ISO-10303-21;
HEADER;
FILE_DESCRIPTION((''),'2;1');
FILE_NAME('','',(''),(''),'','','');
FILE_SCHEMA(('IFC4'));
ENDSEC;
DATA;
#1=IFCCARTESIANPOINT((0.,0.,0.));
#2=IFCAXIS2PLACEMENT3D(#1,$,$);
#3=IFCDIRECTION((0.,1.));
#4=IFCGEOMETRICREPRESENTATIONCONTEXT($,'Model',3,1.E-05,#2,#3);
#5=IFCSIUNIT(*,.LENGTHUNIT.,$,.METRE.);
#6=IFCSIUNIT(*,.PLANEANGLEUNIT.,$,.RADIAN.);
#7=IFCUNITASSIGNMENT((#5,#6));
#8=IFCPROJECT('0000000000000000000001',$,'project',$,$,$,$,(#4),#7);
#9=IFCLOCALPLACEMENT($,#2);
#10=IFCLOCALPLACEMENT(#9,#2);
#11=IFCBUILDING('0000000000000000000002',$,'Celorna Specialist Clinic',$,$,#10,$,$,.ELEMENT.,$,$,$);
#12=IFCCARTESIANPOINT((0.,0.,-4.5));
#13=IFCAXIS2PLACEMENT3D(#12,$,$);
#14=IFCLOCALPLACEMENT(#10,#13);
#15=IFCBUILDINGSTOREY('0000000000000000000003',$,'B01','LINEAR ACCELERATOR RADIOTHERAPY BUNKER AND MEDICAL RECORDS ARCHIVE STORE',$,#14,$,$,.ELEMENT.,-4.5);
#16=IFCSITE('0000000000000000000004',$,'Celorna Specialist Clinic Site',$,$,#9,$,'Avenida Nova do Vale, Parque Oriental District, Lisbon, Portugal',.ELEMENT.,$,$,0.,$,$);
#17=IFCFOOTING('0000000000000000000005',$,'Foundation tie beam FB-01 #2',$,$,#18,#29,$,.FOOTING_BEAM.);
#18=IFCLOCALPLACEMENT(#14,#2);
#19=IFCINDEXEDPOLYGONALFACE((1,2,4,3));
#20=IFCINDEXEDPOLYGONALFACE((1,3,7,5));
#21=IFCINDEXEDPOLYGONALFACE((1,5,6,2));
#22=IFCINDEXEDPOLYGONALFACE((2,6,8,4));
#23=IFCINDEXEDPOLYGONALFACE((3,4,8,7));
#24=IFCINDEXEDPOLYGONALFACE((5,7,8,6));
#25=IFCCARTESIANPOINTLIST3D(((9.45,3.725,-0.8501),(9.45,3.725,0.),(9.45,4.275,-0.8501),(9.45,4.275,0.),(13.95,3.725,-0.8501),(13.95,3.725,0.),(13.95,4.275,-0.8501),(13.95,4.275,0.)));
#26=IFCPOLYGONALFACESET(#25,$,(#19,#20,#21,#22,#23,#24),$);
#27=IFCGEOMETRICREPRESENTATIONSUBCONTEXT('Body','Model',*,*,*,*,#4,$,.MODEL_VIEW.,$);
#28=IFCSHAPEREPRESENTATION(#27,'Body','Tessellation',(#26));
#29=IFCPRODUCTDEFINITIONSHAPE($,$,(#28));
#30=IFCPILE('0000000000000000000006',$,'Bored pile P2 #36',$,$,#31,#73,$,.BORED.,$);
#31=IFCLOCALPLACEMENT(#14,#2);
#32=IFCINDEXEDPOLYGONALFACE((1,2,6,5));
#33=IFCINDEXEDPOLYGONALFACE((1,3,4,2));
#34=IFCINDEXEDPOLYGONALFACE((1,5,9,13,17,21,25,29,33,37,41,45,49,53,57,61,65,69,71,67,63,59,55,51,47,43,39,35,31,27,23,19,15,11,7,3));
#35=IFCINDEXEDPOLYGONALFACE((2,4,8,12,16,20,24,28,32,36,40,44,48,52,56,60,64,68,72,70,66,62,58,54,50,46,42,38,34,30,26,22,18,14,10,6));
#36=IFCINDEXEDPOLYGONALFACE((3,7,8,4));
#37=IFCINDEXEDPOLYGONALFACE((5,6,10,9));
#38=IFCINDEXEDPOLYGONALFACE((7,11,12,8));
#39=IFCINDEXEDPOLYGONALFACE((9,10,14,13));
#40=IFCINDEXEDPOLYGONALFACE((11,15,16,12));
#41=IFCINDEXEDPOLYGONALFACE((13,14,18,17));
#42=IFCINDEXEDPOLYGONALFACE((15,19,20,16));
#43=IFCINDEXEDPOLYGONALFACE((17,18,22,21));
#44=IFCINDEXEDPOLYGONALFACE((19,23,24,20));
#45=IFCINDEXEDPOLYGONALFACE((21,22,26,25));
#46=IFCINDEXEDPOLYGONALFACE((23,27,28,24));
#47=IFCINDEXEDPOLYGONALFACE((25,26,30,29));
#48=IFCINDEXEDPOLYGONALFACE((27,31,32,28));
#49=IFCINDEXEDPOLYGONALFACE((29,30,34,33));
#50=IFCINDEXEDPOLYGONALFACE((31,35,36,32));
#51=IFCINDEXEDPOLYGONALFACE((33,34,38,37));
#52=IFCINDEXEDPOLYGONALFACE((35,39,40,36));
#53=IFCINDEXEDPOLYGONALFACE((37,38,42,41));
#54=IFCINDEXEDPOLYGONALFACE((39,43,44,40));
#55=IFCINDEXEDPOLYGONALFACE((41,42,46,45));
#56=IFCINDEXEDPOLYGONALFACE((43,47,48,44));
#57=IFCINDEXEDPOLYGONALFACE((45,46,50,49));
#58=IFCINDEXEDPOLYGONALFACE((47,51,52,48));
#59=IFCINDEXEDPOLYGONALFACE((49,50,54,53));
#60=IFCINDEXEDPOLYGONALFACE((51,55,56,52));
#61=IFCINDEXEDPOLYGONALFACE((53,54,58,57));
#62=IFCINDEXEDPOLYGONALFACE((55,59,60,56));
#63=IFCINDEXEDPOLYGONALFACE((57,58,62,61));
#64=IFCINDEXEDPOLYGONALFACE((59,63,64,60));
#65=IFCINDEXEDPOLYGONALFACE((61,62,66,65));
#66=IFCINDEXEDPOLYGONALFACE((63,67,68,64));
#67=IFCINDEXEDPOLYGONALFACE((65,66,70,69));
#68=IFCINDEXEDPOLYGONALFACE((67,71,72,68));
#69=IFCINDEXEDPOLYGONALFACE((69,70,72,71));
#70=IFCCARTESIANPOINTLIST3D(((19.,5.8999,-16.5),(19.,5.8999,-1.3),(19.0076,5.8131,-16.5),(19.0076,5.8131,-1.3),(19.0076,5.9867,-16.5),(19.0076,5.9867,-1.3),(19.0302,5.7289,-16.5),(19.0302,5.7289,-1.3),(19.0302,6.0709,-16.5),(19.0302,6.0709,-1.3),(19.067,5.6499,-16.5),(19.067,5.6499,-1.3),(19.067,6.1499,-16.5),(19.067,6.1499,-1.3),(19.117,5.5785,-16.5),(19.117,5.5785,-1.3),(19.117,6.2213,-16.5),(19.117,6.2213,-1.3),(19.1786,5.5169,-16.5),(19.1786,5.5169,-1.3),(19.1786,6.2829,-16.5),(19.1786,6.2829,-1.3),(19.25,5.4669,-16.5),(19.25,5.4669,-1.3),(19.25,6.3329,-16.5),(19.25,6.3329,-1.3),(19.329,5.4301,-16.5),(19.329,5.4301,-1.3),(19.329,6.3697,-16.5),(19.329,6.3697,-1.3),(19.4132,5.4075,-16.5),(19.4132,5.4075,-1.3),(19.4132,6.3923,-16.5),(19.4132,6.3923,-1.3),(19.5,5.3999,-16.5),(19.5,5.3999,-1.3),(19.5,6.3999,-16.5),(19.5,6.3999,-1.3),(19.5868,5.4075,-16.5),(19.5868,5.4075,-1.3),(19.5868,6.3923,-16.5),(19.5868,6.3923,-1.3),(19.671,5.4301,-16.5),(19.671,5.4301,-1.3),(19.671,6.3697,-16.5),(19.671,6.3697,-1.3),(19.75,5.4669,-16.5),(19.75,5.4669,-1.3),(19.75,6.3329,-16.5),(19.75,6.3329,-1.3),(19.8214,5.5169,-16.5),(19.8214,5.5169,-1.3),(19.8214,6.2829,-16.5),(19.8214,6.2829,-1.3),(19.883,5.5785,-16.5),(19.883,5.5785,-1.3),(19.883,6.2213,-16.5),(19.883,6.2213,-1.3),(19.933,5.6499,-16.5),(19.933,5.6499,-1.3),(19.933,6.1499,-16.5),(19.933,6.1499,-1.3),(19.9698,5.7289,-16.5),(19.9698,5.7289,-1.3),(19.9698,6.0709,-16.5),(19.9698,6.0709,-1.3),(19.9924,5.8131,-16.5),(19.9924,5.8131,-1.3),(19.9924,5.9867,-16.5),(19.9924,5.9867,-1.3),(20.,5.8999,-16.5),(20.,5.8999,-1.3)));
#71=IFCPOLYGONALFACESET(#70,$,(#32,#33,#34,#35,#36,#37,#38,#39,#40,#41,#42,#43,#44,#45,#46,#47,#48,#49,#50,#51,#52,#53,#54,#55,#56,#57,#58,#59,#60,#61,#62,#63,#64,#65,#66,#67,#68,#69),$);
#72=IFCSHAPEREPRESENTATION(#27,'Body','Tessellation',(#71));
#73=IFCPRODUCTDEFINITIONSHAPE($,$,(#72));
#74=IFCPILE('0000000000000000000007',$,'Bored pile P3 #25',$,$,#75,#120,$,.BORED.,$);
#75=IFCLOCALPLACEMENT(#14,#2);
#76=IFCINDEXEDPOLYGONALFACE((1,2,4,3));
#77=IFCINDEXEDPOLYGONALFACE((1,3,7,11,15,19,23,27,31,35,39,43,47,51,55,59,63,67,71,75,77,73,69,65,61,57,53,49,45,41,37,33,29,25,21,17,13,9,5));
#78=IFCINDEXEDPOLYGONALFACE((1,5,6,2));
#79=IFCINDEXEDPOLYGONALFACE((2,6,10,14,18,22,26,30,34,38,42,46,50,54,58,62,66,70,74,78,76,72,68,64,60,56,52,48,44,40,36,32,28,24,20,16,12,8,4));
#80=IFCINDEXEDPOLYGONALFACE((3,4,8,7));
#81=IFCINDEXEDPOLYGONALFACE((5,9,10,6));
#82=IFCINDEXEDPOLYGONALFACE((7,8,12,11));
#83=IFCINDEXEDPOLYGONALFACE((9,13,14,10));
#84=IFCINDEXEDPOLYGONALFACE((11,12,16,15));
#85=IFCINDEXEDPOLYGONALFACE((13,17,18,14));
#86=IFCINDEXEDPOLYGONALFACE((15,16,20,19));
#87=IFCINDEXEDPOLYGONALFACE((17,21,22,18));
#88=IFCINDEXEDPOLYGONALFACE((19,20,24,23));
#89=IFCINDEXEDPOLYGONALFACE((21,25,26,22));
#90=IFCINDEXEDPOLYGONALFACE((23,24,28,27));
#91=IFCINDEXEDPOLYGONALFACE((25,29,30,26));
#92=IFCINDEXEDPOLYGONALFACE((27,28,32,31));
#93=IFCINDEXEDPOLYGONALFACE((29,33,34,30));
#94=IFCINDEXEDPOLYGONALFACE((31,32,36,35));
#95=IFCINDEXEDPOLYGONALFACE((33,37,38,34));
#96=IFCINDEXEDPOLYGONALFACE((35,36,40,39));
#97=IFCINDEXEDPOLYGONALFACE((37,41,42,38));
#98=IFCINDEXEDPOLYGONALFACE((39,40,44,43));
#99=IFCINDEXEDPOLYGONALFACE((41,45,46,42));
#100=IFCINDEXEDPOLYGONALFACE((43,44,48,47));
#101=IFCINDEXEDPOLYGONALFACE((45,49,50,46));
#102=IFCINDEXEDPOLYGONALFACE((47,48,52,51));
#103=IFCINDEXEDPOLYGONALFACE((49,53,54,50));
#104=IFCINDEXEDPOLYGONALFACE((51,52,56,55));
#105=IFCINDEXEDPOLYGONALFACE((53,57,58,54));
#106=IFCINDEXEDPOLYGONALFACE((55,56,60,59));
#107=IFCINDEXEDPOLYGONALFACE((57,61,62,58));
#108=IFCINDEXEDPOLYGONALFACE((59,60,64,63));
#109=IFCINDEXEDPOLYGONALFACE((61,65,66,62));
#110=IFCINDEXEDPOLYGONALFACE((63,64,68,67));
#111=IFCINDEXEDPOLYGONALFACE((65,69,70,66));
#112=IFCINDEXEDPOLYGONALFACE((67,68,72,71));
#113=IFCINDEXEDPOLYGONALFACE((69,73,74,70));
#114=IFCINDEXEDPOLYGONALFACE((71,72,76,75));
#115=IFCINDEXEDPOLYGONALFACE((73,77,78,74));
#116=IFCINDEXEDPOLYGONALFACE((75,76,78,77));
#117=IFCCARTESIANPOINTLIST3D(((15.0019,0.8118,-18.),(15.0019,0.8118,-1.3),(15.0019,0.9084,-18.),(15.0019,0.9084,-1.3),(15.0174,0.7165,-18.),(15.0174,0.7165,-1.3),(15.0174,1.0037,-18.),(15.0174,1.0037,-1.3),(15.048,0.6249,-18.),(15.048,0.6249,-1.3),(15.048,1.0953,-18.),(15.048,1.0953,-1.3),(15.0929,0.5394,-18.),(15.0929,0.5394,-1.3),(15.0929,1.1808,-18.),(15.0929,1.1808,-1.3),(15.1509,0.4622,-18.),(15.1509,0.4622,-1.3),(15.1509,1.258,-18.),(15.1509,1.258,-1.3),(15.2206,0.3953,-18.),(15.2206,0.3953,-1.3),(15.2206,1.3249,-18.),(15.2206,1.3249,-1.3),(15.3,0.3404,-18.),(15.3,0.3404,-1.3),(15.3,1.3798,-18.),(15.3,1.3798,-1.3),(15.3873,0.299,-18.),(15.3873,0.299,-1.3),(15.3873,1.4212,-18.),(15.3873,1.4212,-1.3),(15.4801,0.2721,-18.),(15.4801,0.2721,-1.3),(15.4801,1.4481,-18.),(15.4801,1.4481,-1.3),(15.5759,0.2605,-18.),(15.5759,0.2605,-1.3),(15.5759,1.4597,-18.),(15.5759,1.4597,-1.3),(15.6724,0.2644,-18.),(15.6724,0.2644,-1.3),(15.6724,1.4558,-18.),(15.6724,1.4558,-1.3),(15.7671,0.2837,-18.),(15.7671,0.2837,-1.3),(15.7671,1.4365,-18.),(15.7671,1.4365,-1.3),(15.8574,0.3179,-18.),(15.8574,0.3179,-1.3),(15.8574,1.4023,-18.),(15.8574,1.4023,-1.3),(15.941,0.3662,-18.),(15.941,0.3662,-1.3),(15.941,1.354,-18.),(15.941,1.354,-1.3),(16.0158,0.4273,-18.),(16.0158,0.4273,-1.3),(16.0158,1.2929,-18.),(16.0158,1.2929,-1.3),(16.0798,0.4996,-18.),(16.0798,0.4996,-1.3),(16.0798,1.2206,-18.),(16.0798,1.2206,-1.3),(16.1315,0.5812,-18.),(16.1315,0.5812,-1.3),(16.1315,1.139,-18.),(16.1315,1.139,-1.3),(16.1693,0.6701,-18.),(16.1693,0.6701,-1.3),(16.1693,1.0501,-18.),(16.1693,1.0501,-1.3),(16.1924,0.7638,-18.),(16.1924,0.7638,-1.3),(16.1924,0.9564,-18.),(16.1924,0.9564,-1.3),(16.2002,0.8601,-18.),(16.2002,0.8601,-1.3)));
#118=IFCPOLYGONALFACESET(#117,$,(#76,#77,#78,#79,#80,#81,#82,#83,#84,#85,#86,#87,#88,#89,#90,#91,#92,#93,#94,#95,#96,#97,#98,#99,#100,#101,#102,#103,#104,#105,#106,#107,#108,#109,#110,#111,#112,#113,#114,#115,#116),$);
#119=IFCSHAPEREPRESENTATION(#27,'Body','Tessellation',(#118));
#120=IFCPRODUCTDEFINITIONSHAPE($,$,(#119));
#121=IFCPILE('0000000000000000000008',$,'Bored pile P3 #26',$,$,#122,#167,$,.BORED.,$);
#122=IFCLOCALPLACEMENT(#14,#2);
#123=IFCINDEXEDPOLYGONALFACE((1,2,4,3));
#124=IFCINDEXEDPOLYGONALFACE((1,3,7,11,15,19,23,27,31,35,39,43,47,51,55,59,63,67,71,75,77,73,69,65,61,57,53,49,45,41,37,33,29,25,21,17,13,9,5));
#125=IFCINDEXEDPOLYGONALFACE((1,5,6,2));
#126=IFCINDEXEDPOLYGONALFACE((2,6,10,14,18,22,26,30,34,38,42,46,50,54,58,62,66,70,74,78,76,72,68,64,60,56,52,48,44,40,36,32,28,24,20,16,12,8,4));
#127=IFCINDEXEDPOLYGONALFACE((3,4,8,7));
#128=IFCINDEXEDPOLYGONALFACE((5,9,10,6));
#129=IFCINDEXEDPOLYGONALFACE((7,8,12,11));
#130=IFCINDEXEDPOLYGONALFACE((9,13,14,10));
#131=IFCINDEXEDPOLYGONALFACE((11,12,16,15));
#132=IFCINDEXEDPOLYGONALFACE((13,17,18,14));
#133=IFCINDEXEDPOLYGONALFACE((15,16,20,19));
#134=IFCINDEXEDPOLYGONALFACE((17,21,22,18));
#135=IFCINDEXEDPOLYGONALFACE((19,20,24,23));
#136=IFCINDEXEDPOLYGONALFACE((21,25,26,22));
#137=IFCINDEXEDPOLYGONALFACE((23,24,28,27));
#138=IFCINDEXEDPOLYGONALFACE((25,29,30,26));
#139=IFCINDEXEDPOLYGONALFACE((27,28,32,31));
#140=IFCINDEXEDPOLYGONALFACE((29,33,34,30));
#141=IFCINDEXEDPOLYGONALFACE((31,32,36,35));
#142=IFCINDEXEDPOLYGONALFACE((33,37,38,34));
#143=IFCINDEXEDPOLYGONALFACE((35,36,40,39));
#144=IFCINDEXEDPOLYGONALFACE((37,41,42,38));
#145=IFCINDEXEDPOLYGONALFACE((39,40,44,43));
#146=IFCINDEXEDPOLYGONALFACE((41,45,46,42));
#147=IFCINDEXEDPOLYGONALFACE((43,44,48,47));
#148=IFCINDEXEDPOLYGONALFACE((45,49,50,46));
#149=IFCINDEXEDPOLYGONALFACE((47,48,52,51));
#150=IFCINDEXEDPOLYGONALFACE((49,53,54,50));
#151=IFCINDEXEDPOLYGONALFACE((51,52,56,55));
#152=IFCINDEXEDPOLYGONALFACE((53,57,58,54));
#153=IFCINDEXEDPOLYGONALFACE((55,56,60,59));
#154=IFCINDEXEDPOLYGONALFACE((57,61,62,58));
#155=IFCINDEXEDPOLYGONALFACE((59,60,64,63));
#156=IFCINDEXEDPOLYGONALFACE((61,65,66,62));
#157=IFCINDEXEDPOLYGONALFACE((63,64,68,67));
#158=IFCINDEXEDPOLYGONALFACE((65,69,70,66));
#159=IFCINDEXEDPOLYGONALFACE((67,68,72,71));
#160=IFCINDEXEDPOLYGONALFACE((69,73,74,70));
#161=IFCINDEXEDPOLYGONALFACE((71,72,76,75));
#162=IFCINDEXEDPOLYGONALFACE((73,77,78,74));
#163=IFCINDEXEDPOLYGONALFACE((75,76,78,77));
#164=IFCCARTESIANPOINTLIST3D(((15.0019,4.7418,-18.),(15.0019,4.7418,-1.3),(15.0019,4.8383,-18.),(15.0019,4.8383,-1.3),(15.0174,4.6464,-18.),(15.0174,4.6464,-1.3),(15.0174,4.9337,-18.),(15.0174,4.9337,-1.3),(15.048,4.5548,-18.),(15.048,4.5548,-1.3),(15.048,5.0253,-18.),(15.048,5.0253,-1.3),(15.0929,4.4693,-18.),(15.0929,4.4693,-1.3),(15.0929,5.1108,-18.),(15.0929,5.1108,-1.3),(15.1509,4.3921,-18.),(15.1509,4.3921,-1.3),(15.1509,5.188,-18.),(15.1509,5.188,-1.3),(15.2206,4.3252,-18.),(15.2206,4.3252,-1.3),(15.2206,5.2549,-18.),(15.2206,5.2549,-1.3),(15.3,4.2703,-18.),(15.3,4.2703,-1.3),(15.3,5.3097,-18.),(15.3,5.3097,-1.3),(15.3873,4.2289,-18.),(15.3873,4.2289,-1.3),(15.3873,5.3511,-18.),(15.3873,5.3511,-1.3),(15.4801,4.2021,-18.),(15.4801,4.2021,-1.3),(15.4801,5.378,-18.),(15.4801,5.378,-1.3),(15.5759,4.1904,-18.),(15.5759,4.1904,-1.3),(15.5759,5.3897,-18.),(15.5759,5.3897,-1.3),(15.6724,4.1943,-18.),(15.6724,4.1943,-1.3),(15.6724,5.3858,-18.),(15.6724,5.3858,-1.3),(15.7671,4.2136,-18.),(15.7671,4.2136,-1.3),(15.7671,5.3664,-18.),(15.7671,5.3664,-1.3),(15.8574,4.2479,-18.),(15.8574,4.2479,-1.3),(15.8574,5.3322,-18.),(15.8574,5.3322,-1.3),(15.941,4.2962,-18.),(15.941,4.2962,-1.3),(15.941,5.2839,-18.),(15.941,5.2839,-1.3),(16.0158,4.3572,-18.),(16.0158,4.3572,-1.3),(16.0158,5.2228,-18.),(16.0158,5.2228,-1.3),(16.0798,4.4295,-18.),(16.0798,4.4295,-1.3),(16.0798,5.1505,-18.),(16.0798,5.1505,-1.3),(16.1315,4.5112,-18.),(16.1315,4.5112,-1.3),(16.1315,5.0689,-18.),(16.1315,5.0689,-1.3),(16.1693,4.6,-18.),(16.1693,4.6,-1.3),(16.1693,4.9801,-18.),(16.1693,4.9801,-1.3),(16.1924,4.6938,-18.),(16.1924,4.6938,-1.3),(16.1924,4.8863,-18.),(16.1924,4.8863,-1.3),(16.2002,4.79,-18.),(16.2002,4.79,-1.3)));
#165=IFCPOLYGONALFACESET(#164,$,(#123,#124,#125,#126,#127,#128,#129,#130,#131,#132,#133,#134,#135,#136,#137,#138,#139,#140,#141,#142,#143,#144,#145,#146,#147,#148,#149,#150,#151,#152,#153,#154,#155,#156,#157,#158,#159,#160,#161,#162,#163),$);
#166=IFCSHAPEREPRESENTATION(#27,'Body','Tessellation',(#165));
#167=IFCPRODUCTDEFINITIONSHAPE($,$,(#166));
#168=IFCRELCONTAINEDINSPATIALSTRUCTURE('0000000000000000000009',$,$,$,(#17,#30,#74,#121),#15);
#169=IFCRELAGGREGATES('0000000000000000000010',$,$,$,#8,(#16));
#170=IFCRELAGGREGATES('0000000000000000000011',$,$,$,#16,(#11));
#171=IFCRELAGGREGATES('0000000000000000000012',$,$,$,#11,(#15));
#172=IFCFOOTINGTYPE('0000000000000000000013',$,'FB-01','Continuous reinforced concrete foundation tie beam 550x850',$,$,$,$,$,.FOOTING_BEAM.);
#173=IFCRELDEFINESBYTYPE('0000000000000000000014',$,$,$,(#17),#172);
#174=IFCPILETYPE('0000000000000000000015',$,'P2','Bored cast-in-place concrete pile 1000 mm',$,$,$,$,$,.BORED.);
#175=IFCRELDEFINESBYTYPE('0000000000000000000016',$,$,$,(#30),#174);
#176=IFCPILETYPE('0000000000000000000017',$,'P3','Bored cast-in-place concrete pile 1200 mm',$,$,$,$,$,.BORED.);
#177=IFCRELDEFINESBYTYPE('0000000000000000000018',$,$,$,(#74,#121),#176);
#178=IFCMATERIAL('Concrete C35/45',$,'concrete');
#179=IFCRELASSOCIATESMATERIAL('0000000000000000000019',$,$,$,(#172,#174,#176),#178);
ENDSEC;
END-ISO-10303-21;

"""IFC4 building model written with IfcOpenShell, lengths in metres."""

from ifc_helpers import new_model, si_unit, direction, frame, origin, origin_2d, place, context, subcontext, project, spatial, rectangle, circle, extrude, material, material_profile, profile_set, type_object, element, save


model = new_model("IFC4")

# Units and contexts
model_context = context("Model", 3, precision=1e-05, world=origin(), true_north=direction((0.0, 1.0)))
body_context = subcontext(model_context, "Body", "Model", "MODEL_VIEW")
ifc_project = project(units=[si_unit("LENGTHUNIT", "METRE"), si_unit("PLANEANGLEUNIT", "RADIAN")], contexts=[model_context])

# Site, building, storey
site_placement = place(None, origin())
site = spatial("IfcSite", under=ifc_project, at=site_placement, Name="Celorna Specialist Clinic Site", LongName="Avenida Nova do Vale, Parque Oriental District, Lisbon, Portugal", CompositionType="ELEMENT", RefElevation=0.0)
building_placement = place(site_placement, origin())
building = spatial("IfcBuilding", under=site, at=building_placement, Name="Celorna Specialist Clinic", CompositionType="ELEMENT")
storey_placement = place(building_placement, frame((0.0, 0.0, -4.5)))
storey = spatial("IfcBuildingStorey", under=building, at=storey_placement, Name="B01", Description="LINEAR ACCELERATOR RADIOTHERAPY BUNKER AND MEDICAL RECORDS ARCHIVE STORE", CompositionType="ELEMENT", Elevation=-4.5)

# Footing
ifc_material_1 = material(Name="Concrete C35/45", Category="concrete")
footing_type_1 = type_object("IfcFootingType", Name="FB-01", Description="Continuous reinforced concrete foundation tie beam 550x850", PredefinedType="FOOTING_BEAM", material=ifc_material_1)
footing_1_placement = place(storey_placement, frame((11.7, 4.0, -0.8501), z_axis=(0.0, 0.0, 1.0), x_axis=(1.0, 0.0, 0.0)))
element("IfcFooting", 1, at=footing_1_placement, inside=storey, type_object=footing_type_1, Name="Foundation tie beam FB-01 #2", PredefinedType="FOOTING_BEAM", context=body_context, shape_type="SweptSolid", body=[
    extrude(rectangle(XDim=4.5, YDim=0.55, at=origin_2d()), origin(), (0.0, 0.0, 1.0), 0.8501),
])

# Piles
ifc_material_profile_1 = material_profile(ifc_material_1, circle(Radius=0.5, at=origin_2d()), Name="BORED PILE 1000")
ifc_profile_set_1 = profile_set([ifc_material_profile_1], Name="Concrete C35/45")
pile_type_1 = type_object("IfcPileType", Name="P2", Description="Bored cast-in-place concrete pile 1000 mm", PredefinedType="BORED", material=ifc_profile_set_1)
pile_1_placement = place(storey_placement, frame((19.5, 5.8999, -1.3), z_axis=(0.0, 0.0, -1.0), x_axis=(1.0, 0.0, 0.0)))
element("IfcPile", 2, at=pile_1_placement, inside=storey, type_object=pile_type_1, Name="Bored pile P2 #36", PredefinedType="BORED", context=body_context, shape_type="SweptSolid", body=[
    extrude(circle(Radius=0.5, at=origin_2d()), origin(), (0.0, 0.0, 1.0), 15.2),
])
ifc_material_profile_2 = material_profile(ifc_material_1, circle(Radius=0.6001, at=origin_2d()), Name="BORED PILE 1200")
ifc_profile_set_2 = profile_set([ifc_material_profile_2], Name="Concrete C35/45")
pile_type_2 = type_object("IfcPileType", Name="P3", Description="Bored cast-in-place concrete pile 1200 mm", PredefinedType="BORED", material=ifc_profile_set_2)
for number, where, z_axis, x_axis, name in (
    (3, (15.6001, 0.8601, -1.3), (0.0, 0.0, -1.0), (1.0, 0.0, 0.0), "Bored pile P3 #25"),
    (4, (15.6001, 4.79, -1.3), (0.0, 0.0, -1.0), (1.0, 0.0, 0.0), "Bored pile P3 #26"),
):
    element("IfcPile", number, at=place(storey_placement, frame(where, z_axis=z_axis, x_axis=x_axis)), inside=storey, type_object=pile_type_2, Name=name, PredefinedType="BORED", context=body_context, shape_type="SweptSolid", body=[
        extrude(circle(Radius=0.6001, at=origin_2d()), origin(), (0.0, 0.0, 1.0), 16.7),
    ])

save(model, "model.ifc")
